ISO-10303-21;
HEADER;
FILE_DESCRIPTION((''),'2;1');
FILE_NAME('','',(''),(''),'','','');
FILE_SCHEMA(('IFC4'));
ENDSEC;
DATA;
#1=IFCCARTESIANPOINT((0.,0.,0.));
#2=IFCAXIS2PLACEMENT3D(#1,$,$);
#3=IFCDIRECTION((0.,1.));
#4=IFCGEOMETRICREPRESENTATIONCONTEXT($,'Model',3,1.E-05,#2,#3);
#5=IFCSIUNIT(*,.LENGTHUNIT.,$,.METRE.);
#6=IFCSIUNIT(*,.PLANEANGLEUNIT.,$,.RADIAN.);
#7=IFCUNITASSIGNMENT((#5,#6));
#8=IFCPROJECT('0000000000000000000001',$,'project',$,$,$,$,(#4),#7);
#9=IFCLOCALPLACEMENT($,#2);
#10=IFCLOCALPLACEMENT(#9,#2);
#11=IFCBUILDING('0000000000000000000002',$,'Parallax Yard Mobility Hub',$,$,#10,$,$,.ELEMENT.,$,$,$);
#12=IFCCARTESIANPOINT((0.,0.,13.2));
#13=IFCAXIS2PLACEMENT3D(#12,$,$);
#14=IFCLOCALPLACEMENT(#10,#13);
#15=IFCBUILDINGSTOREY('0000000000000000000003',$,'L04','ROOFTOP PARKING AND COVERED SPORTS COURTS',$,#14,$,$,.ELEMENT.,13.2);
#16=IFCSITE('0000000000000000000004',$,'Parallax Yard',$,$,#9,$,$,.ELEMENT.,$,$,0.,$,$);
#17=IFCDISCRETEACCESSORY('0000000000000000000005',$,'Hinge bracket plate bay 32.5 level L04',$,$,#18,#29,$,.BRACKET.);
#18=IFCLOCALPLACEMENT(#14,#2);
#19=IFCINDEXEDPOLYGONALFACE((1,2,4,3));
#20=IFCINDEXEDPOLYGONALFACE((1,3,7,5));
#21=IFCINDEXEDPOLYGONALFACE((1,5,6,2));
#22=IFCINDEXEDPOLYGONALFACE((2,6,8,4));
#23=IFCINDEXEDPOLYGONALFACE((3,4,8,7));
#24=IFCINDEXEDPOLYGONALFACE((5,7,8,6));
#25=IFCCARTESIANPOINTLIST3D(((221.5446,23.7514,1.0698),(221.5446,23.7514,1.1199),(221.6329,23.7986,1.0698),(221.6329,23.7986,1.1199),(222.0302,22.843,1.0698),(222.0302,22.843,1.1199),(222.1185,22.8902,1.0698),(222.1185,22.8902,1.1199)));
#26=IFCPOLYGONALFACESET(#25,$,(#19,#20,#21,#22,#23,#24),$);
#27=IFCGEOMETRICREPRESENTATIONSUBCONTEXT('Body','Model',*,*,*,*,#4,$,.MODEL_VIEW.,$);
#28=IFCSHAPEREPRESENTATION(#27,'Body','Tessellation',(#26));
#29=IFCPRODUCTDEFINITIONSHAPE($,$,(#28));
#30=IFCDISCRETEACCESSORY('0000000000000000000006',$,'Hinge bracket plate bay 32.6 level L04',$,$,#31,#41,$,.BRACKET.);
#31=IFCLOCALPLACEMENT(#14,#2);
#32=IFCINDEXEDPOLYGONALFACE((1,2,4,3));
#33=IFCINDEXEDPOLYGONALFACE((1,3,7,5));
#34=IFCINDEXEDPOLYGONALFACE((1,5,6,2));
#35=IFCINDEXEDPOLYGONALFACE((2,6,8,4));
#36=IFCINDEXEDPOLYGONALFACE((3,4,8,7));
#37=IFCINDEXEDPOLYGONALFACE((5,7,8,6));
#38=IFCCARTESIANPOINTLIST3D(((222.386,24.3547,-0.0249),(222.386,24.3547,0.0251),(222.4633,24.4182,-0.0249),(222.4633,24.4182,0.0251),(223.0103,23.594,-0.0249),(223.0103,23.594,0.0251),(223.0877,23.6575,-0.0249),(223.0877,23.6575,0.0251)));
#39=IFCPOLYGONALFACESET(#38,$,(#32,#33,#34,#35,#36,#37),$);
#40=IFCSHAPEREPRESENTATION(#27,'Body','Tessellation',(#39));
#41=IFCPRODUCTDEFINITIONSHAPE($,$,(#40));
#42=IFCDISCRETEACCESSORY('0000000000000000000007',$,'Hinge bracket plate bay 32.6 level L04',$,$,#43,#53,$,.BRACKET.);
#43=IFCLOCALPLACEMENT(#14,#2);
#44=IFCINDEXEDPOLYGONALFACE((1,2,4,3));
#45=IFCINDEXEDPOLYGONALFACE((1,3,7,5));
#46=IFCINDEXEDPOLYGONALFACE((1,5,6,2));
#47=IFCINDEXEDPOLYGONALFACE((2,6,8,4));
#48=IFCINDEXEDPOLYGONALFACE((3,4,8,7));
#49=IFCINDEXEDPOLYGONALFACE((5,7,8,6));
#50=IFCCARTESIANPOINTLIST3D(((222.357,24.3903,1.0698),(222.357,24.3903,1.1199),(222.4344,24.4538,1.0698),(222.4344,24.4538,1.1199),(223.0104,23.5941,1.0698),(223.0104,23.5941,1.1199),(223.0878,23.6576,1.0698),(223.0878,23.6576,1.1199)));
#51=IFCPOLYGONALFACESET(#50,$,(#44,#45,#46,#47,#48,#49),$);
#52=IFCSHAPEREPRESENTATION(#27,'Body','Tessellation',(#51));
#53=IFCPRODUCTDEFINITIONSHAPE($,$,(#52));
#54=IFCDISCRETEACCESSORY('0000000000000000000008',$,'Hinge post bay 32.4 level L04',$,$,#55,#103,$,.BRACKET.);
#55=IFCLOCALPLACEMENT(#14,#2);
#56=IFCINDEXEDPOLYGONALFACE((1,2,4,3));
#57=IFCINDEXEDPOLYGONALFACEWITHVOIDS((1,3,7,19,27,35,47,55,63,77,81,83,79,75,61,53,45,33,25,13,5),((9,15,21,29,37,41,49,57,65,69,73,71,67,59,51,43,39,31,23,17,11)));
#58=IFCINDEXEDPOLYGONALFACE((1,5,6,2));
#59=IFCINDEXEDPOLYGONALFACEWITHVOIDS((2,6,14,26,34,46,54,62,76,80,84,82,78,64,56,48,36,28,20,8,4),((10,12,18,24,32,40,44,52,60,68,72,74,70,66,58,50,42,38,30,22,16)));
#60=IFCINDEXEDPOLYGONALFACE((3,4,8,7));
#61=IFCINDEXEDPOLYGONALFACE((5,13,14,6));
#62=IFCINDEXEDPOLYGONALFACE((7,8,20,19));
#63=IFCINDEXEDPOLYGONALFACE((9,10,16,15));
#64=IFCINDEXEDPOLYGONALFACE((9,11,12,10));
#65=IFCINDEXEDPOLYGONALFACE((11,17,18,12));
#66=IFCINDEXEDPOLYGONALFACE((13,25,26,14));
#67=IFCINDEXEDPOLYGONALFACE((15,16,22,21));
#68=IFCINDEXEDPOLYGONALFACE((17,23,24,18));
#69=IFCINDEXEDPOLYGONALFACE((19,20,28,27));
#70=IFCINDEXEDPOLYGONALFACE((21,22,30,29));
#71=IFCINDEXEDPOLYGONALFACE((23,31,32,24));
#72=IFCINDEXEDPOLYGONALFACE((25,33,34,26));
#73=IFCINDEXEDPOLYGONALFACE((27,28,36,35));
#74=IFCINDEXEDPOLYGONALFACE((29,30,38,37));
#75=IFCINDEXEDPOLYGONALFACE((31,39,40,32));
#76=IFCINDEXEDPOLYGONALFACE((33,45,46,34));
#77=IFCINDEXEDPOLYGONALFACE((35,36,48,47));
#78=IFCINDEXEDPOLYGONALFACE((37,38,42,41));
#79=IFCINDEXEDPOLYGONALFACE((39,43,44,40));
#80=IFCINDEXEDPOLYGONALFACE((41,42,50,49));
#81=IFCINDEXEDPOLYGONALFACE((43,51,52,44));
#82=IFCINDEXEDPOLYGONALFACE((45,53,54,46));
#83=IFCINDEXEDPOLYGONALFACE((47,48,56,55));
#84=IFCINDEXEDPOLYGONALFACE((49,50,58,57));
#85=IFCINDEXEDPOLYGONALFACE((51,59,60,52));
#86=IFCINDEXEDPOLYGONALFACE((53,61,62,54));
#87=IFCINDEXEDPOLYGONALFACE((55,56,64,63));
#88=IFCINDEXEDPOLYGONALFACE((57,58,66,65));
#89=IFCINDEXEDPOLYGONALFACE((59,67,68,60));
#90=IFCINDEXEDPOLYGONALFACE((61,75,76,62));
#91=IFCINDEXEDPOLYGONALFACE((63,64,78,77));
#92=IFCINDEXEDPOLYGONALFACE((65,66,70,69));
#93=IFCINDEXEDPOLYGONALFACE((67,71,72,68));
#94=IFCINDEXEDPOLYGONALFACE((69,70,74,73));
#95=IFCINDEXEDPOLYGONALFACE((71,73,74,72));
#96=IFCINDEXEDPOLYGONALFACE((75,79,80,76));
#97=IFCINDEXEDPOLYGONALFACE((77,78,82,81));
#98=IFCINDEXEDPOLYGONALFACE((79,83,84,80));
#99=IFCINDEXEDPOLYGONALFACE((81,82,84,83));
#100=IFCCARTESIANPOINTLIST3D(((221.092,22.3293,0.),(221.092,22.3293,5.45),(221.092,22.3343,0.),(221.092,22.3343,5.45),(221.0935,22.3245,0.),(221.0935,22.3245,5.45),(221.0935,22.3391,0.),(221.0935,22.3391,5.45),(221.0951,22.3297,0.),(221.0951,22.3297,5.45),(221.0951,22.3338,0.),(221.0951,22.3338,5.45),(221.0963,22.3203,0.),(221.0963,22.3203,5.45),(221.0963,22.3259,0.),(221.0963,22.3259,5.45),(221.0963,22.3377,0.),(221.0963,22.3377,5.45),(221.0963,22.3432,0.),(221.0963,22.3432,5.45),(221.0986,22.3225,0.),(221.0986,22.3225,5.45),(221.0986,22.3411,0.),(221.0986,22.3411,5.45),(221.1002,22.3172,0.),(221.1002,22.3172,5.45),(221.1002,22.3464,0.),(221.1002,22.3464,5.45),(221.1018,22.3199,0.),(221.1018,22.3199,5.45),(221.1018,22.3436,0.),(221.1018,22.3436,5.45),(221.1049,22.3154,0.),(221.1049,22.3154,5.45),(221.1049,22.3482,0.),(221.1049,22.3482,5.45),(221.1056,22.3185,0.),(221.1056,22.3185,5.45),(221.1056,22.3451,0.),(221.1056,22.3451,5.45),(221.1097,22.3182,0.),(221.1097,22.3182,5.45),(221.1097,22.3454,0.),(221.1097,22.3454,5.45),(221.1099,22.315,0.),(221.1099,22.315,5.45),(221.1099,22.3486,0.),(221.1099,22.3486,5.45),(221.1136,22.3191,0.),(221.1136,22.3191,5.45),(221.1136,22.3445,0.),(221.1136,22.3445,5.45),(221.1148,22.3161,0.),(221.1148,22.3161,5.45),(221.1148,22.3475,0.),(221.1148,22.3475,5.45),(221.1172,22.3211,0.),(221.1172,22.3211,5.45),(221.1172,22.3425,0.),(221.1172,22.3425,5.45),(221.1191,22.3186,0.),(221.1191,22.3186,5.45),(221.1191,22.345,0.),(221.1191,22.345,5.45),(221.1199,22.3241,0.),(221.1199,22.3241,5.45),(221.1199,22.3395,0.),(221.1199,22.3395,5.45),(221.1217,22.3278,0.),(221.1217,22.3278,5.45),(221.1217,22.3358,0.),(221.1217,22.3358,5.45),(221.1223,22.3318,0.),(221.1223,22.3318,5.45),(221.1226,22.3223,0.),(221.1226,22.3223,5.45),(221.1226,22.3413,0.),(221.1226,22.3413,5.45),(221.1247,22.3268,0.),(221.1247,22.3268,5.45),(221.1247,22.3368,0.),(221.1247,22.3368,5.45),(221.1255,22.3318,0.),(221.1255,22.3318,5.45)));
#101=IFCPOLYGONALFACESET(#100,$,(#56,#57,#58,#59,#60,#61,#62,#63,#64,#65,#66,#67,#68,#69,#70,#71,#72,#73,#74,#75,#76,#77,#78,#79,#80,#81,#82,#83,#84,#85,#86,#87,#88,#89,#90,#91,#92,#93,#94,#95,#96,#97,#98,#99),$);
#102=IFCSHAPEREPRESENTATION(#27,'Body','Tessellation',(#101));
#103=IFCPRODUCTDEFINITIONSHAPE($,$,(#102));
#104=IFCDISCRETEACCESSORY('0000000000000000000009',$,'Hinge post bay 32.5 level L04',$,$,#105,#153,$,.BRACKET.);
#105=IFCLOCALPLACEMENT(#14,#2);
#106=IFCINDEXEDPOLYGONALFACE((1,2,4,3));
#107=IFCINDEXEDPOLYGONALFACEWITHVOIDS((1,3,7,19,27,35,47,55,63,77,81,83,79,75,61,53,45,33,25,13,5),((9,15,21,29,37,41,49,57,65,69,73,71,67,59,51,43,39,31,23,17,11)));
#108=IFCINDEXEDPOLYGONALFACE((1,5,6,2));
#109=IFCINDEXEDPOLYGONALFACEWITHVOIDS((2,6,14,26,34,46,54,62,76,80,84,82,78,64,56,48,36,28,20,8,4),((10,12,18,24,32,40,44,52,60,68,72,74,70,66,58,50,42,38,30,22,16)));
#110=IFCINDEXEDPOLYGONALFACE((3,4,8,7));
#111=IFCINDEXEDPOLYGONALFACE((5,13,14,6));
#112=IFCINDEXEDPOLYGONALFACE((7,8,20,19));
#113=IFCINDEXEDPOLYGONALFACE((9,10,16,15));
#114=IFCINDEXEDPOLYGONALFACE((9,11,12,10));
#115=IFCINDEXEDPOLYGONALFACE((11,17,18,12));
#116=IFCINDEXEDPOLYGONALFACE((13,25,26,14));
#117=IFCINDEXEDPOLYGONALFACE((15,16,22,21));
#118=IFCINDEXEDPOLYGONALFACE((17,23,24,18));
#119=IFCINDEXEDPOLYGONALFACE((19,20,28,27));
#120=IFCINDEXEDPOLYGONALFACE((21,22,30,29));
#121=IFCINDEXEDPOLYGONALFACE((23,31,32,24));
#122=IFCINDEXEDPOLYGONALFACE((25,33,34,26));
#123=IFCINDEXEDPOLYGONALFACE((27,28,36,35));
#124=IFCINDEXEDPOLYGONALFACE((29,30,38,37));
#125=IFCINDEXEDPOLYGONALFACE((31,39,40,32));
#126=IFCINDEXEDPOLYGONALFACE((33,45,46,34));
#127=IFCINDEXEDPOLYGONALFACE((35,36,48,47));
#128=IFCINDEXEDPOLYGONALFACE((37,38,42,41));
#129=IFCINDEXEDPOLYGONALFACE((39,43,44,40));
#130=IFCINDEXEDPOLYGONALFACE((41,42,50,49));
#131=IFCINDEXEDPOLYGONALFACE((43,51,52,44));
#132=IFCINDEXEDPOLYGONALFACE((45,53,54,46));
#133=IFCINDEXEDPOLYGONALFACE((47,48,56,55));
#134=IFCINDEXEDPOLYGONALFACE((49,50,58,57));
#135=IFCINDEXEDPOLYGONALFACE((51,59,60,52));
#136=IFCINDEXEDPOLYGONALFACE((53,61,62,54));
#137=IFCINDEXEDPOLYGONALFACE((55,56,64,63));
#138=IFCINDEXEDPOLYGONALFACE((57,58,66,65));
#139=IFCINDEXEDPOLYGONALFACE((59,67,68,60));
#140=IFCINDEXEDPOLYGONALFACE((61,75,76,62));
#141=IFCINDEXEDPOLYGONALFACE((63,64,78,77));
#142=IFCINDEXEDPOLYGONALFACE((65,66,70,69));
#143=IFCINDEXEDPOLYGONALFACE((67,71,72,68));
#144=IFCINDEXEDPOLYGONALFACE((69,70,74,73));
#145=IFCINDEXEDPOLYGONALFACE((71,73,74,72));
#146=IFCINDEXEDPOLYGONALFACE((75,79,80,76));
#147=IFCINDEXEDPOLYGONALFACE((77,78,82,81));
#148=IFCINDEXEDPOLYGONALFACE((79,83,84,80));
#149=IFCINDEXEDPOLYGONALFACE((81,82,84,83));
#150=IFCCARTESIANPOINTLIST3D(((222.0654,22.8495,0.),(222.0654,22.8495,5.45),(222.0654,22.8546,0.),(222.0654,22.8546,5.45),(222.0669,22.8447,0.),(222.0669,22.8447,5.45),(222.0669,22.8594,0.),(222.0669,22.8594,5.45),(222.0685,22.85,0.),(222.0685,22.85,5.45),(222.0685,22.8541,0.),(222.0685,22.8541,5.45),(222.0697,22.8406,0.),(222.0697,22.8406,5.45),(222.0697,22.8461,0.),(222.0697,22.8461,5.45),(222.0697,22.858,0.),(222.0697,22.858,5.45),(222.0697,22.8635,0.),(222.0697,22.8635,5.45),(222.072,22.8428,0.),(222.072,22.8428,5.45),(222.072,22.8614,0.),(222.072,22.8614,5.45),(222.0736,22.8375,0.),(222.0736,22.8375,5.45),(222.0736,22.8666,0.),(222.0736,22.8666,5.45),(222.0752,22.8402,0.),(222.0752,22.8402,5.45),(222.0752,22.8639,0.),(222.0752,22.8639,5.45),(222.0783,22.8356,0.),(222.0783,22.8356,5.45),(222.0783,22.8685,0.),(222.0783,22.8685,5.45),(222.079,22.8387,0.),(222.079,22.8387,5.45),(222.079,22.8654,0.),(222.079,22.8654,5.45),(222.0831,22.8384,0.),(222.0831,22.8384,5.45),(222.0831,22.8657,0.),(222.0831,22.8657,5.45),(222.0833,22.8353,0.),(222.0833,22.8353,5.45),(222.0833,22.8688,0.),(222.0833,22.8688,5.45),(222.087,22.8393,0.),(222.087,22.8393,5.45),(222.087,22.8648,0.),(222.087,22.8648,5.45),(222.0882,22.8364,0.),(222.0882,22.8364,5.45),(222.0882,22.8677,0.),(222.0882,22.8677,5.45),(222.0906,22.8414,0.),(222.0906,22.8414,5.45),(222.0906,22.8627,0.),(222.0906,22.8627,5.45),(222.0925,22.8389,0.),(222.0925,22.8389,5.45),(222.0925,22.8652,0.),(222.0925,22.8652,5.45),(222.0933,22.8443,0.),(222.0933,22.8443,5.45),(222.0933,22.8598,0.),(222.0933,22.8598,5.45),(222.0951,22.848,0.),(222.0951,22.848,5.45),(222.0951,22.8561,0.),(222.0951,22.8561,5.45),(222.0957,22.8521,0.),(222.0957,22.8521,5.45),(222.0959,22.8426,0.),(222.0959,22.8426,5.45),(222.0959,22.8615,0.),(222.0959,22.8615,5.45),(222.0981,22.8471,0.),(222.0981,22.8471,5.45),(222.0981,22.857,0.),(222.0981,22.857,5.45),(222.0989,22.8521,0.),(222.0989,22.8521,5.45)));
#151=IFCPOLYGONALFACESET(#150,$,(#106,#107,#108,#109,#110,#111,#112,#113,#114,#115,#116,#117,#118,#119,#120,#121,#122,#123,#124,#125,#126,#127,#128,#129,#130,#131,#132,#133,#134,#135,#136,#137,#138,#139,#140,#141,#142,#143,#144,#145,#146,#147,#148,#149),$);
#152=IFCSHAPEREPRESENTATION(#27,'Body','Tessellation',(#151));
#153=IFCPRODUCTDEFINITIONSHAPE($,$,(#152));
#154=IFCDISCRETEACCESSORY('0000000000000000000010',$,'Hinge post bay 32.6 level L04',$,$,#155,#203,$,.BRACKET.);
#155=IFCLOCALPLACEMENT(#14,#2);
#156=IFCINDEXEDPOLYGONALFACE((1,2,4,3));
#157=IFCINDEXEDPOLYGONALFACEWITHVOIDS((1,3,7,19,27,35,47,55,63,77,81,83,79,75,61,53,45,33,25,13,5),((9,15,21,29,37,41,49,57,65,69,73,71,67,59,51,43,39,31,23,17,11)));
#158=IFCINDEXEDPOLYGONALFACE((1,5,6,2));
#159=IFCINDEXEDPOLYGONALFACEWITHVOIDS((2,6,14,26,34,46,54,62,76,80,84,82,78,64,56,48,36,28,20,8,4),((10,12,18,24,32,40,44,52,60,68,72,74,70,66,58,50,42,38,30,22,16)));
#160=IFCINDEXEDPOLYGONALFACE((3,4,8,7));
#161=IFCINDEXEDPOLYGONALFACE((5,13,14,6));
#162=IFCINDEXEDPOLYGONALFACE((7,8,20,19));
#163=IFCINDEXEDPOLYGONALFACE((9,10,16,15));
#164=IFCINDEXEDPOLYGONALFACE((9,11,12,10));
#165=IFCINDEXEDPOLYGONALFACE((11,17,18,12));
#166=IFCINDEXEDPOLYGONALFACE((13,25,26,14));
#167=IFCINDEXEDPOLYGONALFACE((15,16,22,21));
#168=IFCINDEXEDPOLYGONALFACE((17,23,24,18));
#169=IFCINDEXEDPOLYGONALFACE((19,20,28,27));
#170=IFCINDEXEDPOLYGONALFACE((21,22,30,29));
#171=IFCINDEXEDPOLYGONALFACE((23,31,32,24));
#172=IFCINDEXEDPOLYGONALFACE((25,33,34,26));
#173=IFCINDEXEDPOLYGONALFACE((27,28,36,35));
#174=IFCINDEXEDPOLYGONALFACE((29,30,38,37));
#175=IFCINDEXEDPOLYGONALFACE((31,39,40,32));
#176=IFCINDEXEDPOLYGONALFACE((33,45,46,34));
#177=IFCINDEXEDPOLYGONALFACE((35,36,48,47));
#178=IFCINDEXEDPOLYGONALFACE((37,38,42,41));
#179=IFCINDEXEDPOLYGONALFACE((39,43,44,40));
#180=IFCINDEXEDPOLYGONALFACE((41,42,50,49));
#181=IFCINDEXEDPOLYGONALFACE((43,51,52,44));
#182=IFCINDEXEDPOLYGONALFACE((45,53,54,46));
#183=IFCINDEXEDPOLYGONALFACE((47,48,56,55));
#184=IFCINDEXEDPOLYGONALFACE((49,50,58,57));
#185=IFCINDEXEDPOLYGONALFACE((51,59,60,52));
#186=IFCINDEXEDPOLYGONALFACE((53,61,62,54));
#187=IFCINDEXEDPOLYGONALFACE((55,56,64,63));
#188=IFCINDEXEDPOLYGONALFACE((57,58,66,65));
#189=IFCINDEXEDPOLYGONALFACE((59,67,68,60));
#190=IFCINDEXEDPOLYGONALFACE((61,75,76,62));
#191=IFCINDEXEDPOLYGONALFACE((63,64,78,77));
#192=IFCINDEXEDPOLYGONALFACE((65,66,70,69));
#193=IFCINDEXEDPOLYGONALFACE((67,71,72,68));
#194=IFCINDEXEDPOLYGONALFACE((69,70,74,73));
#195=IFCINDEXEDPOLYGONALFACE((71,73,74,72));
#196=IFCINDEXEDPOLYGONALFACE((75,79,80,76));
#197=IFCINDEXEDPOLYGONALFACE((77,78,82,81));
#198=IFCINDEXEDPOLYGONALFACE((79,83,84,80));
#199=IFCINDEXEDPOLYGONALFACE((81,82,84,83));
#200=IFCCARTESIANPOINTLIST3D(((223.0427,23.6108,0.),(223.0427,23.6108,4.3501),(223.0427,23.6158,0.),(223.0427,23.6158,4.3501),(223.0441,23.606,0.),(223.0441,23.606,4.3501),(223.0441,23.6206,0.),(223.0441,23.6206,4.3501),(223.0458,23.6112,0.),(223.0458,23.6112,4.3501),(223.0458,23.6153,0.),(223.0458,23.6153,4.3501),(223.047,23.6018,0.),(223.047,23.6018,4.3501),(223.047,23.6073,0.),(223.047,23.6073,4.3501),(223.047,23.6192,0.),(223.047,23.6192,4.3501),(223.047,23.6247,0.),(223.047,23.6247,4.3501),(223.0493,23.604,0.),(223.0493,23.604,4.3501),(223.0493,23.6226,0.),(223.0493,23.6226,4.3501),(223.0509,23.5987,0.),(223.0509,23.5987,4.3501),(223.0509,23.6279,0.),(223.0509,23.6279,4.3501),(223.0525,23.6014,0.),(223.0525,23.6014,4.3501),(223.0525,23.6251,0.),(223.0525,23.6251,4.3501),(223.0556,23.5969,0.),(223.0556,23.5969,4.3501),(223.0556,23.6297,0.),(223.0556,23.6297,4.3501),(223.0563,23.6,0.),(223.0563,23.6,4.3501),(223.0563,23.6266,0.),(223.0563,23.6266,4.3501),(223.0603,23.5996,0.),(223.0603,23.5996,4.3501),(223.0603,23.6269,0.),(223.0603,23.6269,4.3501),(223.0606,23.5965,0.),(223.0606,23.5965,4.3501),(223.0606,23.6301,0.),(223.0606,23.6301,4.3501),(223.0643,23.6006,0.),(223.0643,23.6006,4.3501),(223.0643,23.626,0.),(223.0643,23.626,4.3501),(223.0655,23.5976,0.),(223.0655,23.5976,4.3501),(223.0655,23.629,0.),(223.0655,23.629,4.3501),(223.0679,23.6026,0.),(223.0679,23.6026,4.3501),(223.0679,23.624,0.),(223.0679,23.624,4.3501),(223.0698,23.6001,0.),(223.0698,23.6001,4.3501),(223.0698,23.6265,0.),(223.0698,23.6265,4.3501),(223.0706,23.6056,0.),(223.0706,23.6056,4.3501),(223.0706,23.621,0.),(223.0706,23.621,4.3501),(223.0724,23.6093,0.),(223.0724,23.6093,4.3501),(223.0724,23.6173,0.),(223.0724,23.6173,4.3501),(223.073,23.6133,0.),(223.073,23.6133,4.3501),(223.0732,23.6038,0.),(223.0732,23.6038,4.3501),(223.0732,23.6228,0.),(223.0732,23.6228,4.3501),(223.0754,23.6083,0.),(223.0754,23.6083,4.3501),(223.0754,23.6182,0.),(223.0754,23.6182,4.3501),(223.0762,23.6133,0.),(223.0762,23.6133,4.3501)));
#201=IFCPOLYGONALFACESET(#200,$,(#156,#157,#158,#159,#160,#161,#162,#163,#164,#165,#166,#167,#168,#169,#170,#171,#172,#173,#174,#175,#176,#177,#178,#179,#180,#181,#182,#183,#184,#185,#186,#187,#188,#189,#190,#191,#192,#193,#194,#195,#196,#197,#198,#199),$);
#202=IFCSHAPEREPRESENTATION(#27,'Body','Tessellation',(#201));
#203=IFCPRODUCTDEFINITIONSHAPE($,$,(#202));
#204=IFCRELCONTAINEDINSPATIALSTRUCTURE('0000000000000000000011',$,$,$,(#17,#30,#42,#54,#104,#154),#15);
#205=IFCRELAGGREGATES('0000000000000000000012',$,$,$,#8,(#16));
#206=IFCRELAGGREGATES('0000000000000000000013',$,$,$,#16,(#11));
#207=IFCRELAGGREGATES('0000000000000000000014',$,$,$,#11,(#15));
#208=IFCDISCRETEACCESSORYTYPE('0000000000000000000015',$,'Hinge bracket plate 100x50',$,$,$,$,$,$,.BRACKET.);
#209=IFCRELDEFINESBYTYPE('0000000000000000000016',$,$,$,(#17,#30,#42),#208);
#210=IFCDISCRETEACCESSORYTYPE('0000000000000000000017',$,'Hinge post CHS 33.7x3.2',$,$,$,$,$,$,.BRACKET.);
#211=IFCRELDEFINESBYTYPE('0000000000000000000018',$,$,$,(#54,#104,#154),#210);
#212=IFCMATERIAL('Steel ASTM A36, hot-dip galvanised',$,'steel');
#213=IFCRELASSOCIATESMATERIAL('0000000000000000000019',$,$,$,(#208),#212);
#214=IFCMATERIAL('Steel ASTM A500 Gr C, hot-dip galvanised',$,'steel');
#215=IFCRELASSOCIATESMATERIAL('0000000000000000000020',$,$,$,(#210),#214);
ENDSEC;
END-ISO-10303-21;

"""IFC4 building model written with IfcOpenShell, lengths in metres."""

from ifc_helpers import new_model, si_unit, direction, frame, origin, origin_2d, place, context, subcontext, project, spatial, rectangle, hollow_circle, extrude, material, material_profile, profile_set, type_object, element, save


model = new_model("IFC4")

# Units and contexts
model_context = context("Model", 3, precision=1e-05, world=origin(), true_north=direction((0.0, 1.0)))
body_context = subcontext(model_context, "Body", "Model", "MODEL_VIEW")
ifc_project = project(units=[si_unit("LENGTHUNIT", "METRE"), si_unit("PLANEANGLEUNIT", "RADIAN")], contexts=[model_context])

# Site, building, storey
site_placement = place(None, origin())
site = spatial("IfcSite", under=ifc_project, at=site_placement, Name="Parallax Yard", CompositionType="ELEMENT", RefElevation=0.0)
building_placement = place(site_placement, origin())
building = spatial("IfcBuilding", under=site, at=building_placement, Name="Parallax Yard Mobility Hub", CompositionType="ELEMENT")
storey_placement = place(building_placement, frame((0.0, 0.0, 13.2)))
storey = spatial("IfcBuildingStorey", under=building, at=storey_placement, Name="L04", Description="ROOFTOP PARKING AND COVERED SPORTS COURTS", CompositionType="ELEMENT", Elevation=13.2)

# Discrete accessories
ifc_material_1 = material(Name="Steel ASTM A36, hot-dip galvanised", Category="steel")
discrete_accessory_type_1 = type_object("IfcDiscreteAccessoryType", Name="Hinge bracket plate 100x50", PredefinedType="BRACKET", material=ifc_material_1)
discrete_accessory_1_placement = place(storey_placement, frame((221.8315, 23.3208, 1.0698), z_axis=(0.0, 0.0, 1.0), x_axis=(0.471397, -0.881921, 0.0)))
element("IfcDiscreteAccessory", 1, at=discrete_accessory_1_placement, inside=storey, type_object=discrete_accessory_type_1, Name="Hinge bracket plate bay 32.5 level L04", PredefinedType="BRACKET", context=body_context, shape_type="SweptSolid", body=[
    extrude(rectangle(XDim=1.03, YDim=0.1001, at=origin_2d()), origin(), (0.0, 0.0, 1.0), 0.05),
])
discrete_accessory_2_placement = place(storey_placement, frame((222.7368, 24.0061, -0.0249), z_axis=(0.0, 0.0, 1.0), x_axis=(0.634393, -0.77301, 0.0)))
element("IfcDiscreteAccessory", 2, at=discrete_accessory_2_placement, inside=storey, type_object=discrete_accessory_type_1, Name="Hinge bracket plate bay 32.6 level L04", PredefinedType="BRACKET", context=body_context, shape_type="SweptSolid", body=[
    extrude(rectangle(XDim=0.9841, YDim=0.1001, at=origin_2d()), origin(), (0.0, 0.0, 1.0), 0.05),
])
discrete_accessory_3_placement = place(storey_placement, frame((222.7224, 24.0239, 1.0698), z_axis=(0.0, 0.0, 1.0), x_axis=(0.634393, -0.77301, 0.0)))
element("IfcDiscreteAccessory", 3, at=discrete_accessory_3_placement, inside=storey, type_object=discrete_accessory_type_1, Name="Hinge bracket plate bay 32.6 level L04", PredefinedType="BRACKET", context=body_context, shape_type="SweptSolid", body=[
    extrude(rectangle(XDim=1.03, YDim=0.1001, at=origin_2d()), origin(), (0.0, 0.0, 1.0), 0.05),
])
ifc_material_2 = material(Name="Steel ASTM A500 Gr C, hot-dip galvanised", Category="steel")
ifc_material_profile_1 = material_profile(ifc_material_2, hollow_circle(Radius=0.0168, WallThickness=0.0032, at=origin_2d()), Name="CHS 33.7x3.2")
ifc_profile_set_1 = profile_set([ifc_material_profile_1], Name="Steel ASTM A500 Gr C, hot-dip galvanised")
discrete_accessory_type_2 = type_object("IfcDiscreteAccessoryType", Name="Hinge post CHS 33.7x3.2", PredefinedType="BRACKET", material=ifc_profile_set_1)
for number, where, z_axis, x_axis, name in (
    (4, (221.1086, 22.3318, 0.0), (0.0, 0.0, 1.0), (1.0, 0.0, 0.0), "Hinge post bay 32.4 level L04"),
    (5, (222.082, 22.8521, 0.0), (0.0, 0.0, 1.0), (1.0, 0.0, 0.0), "Hinge post bay 32.5 level L04"),
):
    element("IfcDiscreteAccessory", number, at=place(storey_placement, frame(where, z_axis=z_axis, x_axis=x_axis)), inside=storey, type_object=discrete_accessory_type_2, Name=name, PredefinedType="BRACKET", context=body_context, shape_type="SweptSolid", body=[
        extrude(hollow_circle(Radius=0.0168, WallThickness=0.0032, at=origin_2d()), origin(), (0.0, 0.0, 1.0), 5.45),
    ])
discrete_accessory_4_placement = place(storey_placement, frame((223.0593, 23.6133, 0.0), z_axis=(0.0, 0.0, 1.0), x_axis=(1.0, 0.0, 0.0)))
element("IfcDiscreteAccessory", 6, at=discrete_accessory_4_placement, inside=storey, type_object=discrete_accessory_type_2, Name="Hinge post bay 32.6 level L04", PredefinedType="BRACKET", context=body_context, shape_type="SweptSolid", body=[
    extrude(hollow_circle(Radius=0.0168, WallThickness=0.0032, at=origin_2d()), origin(), (0.0, 0.0, 1.0), 4.3501),
])

save(model, "model.ifc")
